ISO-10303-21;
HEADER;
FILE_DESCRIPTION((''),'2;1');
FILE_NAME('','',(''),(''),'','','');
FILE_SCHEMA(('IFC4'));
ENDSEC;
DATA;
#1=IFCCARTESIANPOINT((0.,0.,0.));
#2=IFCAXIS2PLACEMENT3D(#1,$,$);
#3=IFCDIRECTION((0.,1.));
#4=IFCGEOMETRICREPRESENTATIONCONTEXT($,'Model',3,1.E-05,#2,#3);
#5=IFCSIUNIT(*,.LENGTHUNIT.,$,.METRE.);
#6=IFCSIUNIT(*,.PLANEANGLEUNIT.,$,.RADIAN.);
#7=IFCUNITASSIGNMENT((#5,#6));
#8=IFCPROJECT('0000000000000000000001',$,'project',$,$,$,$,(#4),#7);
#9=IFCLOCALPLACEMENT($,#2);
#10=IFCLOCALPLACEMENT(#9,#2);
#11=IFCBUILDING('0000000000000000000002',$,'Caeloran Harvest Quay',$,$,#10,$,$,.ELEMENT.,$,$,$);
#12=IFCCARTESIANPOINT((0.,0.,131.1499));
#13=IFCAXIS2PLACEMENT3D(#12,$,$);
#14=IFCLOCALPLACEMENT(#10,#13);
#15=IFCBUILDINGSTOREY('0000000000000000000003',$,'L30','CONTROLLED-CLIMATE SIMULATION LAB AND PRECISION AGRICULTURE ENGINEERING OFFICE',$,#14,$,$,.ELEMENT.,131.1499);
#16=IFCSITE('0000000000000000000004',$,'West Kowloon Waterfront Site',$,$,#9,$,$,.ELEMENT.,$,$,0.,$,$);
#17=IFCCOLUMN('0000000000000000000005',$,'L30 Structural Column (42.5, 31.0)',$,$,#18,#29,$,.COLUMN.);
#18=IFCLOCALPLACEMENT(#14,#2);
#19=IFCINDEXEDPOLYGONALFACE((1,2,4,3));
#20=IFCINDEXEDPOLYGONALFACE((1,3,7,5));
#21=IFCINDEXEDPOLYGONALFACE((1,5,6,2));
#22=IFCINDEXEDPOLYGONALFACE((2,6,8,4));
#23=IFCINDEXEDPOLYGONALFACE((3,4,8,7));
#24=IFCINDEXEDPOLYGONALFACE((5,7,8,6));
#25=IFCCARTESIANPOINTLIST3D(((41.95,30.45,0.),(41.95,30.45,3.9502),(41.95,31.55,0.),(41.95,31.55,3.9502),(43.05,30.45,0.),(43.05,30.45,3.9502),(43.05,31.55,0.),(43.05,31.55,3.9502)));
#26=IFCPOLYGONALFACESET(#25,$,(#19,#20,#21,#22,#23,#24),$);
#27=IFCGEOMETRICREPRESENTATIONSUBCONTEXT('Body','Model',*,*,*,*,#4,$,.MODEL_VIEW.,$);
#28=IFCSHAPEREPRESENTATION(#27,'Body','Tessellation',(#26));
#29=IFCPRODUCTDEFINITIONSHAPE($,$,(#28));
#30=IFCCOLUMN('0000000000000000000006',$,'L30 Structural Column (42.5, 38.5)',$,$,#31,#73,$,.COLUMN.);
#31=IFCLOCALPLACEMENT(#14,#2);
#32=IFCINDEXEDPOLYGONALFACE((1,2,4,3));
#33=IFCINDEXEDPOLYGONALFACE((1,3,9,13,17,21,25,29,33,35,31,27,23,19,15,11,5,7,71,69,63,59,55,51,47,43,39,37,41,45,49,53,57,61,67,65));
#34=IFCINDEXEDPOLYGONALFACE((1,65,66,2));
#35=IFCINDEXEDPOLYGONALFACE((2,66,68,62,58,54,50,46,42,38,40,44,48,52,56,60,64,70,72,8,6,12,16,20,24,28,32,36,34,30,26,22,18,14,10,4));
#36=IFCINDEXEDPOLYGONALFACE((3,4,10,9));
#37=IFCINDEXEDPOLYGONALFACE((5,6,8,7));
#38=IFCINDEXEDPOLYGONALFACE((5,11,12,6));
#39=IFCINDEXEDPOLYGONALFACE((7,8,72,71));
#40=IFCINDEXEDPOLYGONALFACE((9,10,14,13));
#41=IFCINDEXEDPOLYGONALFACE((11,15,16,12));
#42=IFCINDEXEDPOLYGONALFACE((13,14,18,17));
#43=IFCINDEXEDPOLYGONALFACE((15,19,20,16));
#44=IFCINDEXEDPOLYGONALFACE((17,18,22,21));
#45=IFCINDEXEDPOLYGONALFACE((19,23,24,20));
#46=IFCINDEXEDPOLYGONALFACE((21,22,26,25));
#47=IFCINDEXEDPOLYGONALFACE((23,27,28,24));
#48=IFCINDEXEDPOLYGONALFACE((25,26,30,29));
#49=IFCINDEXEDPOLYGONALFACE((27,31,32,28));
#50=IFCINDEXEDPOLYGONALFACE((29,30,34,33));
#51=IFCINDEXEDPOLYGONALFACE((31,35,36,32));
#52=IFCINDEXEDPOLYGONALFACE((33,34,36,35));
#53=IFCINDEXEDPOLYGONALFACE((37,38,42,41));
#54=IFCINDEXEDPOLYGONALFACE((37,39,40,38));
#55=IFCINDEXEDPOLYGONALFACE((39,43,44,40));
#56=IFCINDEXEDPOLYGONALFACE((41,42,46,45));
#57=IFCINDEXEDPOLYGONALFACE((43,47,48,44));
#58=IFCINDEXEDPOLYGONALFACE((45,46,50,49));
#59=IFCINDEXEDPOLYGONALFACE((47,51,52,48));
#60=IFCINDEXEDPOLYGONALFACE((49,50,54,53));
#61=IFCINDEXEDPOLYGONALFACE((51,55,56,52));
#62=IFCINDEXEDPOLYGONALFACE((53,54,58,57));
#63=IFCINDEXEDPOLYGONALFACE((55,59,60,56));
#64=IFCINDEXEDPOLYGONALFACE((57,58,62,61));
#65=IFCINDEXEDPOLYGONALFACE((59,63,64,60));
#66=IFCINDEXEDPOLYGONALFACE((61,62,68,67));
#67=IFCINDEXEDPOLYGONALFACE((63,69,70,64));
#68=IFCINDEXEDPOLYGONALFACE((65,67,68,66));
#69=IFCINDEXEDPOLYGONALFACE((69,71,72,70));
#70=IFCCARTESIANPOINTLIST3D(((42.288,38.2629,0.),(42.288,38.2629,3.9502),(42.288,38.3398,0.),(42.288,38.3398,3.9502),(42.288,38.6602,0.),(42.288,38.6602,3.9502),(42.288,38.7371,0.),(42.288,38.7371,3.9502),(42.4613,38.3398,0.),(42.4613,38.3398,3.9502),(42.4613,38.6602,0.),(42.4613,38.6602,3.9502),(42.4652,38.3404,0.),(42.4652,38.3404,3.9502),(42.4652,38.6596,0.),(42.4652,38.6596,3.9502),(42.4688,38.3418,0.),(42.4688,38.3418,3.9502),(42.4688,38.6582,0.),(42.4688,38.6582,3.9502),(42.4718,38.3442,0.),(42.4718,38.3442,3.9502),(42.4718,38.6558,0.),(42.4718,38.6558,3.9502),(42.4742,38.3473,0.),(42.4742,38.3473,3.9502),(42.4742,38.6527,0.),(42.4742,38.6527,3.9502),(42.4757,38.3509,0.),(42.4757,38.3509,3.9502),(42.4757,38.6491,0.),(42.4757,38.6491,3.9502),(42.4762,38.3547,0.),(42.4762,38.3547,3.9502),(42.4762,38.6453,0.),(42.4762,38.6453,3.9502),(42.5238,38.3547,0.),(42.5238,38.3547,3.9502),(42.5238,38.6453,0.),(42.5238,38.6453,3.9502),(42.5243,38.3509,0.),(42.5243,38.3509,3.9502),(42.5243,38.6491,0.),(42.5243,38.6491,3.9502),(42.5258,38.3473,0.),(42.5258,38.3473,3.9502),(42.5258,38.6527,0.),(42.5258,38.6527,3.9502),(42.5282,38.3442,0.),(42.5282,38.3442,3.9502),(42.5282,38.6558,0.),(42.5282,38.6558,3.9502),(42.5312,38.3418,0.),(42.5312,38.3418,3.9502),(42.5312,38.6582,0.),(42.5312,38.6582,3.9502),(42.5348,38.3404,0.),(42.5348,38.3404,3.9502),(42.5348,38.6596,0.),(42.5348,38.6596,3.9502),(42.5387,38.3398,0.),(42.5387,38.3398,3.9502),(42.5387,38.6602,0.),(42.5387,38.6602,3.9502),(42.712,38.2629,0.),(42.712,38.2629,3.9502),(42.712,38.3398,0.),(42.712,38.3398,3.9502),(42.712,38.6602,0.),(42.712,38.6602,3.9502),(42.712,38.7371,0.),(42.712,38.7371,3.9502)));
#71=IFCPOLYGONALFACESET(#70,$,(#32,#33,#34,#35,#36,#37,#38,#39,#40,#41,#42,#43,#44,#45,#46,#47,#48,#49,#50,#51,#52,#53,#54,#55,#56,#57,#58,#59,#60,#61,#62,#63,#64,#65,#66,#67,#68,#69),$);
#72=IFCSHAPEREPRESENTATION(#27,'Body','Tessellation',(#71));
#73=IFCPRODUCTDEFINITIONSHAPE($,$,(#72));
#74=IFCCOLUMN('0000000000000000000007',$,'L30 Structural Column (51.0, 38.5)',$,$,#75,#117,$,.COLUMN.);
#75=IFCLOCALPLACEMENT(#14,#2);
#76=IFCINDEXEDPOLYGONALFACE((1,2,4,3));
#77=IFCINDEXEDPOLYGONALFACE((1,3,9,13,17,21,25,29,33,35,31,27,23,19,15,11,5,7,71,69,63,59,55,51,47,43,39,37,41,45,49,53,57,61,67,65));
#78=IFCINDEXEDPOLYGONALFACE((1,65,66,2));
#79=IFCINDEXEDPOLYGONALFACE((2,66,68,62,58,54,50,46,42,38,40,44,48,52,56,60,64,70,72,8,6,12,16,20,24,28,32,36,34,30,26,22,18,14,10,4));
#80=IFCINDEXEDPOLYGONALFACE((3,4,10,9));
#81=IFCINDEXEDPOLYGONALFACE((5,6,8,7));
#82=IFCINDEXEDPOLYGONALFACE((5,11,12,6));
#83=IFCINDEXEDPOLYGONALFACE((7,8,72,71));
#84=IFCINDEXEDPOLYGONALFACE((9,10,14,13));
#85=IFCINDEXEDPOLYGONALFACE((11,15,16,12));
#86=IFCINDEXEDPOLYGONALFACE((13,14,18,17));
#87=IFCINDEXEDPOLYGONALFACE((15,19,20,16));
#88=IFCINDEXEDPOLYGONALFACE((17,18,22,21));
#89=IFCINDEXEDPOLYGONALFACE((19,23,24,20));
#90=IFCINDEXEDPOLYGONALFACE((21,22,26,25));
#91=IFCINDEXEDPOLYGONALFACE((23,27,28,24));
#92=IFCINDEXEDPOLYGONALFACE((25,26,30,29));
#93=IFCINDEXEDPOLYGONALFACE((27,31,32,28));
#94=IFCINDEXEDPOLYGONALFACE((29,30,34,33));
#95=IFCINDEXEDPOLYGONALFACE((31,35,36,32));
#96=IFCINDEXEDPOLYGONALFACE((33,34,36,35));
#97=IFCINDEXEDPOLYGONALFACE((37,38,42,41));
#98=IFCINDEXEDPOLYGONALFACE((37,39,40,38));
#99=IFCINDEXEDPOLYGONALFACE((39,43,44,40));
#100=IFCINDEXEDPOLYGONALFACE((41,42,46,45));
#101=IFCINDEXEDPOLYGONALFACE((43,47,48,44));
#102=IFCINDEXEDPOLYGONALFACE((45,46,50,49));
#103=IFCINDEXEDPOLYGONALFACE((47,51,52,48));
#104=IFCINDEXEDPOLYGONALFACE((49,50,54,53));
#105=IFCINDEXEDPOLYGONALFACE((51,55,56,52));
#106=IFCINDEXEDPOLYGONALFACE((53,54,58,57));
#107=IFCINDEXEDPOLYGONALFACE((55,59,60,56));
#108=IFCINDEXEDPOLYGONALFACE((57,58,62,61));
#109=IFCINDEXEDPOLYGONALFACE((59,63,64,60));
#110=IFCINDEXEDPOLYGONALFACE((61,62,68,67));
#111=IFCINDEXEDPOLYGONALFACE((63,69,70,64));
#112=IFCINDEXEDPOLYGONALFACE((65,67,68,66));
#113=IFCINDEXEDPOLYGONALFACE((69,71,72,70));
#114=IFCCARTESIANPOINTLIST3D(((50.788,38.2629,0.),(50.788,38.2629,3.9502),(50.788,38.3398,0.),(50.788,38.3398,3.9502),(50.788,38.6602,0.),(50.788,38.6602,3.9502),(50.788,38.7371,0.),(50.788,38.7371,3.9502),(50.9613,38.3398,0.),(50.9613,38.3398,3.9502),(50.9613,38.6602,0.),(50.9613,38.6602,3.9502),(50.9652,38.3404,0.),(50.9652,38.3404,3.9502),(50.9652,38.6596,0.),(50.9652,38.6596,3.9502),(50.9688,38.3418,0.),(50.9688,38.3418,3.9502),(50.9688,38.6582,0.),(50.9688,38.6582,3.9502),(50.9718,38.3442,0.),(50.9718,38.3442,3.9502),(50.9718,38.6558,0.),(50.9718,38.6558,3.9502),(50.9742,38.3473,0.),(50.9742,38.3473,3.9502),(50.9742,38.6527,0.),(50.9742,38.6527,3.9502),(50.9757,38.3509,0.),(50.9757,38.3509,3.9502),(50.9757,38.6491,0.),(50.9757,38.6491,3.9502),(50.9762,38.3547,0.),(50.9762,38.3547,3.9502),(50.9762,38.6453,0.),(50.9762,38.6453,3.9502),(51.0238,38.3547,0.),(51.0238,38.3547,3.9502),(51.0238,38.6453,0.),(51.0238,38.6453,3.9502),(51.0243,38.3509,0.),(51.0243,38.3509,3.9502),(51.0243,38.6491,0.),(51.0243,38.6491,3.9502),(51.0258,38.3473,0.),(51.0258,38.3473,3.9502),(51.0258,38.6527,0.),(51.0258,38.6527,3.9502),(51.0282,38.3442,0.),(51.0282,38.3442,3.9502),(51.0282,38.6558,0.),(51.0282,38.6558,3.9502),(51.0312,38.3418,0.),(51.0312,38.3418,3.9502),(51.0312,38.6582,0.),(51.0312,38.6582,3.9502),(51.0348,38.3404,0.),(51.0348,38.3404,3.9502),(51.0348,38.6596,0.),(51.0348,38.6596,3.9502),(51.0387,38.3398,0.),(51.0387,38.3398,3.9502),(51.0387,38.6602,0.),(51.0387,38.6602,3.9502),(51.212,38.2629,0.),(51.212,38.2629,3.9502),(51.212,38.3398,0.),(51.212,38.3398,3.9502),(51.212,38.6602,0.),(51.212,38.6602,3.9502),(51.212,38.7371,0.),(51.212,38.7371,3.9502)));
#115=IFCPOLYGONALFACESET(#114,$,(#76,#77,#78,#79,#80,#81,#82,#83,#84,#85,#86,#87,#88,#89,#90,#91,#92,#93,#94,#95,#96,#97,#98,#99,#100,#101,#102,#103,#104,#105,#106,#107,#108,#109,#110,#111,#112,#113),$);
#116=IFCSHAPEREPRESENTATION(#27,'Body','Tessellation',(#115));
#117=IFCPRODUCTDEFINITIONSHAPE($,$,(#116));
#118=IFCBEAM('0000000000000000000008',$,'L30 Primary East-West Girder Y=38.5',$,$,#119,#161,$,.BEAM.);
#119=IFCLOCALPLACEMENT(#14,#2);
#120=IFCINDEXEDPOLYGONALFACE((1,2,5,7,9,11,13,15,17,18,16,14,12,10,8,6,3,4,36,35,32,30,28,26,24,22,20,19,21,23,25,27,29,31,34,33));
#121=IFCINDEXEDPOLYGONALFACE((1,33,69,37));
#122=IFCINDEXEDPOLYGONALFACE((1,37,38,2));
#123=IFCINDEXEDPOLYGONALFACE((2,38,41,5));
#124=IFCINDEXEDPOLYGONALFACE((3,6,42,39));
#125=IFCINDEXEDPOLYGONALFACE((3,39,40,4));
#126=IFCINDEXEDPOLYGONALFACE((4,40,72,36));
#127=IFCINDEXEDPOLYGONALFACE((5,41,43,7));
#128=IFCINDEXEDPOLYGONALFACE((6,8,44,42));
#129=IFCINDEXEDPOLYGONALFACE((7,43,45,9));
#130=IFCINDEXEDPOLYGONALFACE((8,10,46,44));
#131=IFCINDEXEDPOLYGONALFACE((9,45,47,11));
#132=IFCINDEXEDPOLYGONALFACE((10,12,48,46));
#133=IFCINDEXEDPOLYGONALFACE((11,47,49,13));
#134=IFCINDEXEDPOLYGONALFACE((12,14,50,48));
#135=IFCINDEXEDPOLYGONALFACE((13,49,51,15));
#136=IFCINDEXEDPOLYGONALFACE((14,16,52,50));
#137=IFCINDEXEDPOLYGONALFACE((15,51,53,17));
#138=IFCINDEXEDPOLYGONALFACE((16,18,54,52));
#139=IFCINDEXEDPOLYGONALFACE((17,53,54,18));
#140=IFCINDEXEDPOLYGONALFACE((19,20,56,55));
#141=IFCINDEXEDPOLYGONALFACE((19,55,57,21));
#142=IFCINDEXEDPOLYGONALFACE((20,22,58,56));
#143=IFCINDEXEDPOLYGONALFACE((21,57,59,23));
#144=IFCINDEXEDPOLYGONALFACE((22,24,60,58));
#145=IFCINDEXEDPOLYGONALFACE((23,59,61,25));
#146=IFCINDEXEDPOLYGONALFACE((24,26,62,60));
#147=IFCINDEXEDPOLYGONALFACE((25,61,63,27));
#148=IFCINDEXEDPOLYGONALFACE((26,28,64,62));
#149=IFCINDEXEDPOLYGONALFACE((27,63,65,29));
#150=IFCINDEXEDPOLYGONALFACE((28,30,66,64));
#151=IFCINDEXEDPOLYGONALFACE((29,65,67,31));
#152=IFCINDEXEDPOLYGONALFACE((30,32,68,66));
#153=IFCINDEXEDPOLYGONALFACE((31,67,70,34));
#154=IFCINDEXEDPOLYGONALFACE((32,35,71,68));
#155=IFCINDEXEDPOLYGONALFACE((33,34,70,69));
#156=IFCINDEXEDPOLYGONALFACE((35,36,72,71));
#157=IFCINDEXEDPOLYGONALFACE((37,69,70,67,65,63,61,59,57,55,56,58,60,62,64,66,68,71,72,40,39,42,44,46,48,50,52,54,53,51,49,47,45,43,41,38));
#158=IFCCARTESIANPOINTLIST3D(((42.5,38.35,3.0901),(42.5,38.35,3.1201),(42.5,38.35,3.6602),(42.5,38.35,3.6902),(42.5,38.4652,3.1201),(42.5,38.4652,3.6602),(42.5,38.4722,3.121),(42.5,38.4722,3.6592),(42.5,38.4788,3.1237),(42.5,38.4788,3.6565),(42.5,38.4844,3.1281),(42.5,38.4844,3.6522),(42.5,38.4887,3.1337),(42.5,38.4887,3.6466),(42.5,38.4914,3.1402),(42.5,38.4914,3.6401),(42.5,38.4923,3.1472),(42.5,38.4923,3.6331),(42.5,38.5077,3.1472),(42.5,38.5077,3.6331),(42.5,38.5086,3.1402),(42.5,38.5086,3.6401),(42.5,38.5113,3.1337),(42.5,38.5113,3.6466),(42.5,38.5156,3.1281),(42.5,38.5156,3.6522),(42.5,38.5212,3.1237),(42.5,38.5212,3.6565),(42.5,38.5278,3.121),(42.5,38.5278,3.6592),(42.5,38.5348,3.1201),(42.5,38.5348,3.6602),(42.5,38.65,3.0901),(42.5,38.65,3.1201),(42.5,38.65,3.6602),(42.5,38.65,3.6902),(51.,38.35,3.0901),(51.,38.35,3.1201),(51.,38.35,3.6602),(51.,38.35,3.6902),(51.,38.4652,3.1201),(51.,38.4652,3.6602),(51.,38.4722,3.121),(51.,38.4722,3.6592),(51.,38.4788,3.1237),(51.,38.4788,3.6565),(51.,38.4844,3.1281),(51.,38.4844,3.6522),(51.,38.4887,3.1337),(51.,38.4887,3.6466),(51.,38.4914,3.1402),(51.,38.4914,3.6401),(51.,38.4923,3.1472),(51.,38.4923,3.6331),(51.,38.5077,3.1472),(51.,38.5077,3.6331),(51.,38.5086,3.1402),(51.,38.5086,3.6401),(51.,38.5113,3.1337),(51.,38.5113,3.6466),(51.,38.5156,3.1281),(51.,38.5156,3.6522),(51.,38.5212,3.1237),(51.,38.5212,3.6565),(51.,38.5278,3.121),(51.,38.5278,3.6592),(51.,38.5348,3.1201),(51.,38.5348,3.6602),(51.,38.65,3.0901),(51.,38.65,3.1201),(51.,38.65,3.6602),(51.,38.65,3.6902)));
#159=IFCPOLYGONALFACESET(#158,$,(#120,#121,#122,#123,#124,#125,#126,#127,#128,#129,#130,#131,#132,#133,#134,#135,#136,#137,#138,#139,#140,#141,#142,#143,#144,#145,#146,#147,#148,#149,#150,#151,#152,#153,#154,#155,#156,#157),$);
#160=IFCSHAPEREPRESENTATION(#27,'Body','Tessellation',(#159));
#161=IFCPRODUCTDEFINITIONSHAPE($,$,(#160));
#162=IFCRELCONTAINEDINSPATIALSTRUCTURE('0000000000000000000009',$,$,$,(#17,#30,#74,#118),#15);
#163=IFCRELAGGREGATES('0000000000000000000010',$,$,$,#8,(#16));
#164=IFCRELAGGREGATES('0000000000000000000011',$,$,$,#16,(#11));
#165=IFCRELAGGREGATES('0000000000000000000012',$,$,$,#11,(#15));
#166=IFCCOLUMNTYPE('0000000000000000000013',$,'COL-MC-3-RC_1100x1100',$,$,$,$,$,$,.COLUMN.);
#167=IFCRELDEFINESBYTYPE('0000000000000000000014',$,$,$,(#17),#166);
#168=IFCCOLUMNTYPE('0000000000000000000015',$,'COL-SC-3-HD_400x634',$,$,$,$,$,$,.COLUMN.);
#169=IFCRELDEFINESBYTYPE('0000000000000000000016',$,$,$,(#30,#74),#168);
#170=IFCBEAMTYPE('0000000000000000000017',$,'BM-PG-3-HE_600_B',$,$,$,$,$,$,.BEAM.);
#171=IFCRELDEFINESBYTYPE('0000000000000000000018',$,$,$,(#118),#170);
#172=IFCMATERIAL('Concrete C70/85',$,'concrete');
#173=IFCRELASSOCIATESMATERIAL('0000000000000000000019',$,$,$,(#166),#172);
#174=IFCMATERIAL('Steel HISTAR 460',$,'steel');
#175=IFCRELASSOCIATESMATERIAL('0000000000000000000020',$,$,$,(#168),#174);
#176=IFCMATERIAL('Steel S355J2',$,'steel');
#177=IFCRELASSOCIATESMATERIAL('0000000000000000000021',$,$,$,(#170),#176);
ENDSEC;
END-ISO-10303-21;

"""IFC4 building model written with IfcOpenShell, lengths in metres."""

from ifc_helpers import new_model, si_unit, direction, frame, origin, origin_2d, place, context, subcontext, project, spatial, rectangle, i_section, extrude, material, material_profile, profile_set, type_object, element, save


model = new_model("IFC4")

# Units and contexts
model_context = context("Model", 3, precision=1e-05, world=origin(), true_north=direction((0.0, 1.0)))
body_context = subcontext(model_context, "Body", "Model", "MODEL_VIEW")
ifc_project = project(units=[si_unit("LENGTHUNIT", "METRE"), si_unit("PLANEANGLEUNIT", "RADIAN")], contexts=[model_context])

# Site, building, storey
site_placement = place(None, origin())
site = spatial("IfcSite", under=ifc_project, at=site_placement, Name="West Kowloon Waterfront Site", CompositionType="ELEMENT", RefElevation=0.0)
building_placement = place(site_placement, origin())
building = spatial("IfcBuilding", under=site, at=building_placement, Name="Caeloran Harvest Quay", CompositionType="ELEMENT")
storey_placement = place(building_placement, frame((0.0, 0.0, 131.1499)))
storey = spatial("IfcBuildingStorey", under=building, at=storey_placement, Name="L30", Description="CONTROLLED-CLIMATE SIMULATION LAB AND PRECISION AGRICULTURE ENGINEERING OFFICE", CompositionType="ELEMENT", Elevation=131.1499)

# Columns
ifc_material_1 = material(Name="Concrete C70/85", Category="concrete")
ifc_material_profile_1 = material_profile(ifc_material_1, rectangle(XDim=1.1001, YDim=1.1001, at=origin_2d()), Name="RC 1100x1100")
ifc_profile_set_1 = profile_set([ifc_material_profile_1], Name="Concrete C70/85")
column_type_1 = type_object("IfcColumnType", Name="COL-MC-3-RC_1100x1100", PredefinedType="COLUMN", material=ifc_profile_set_1)
column_placement = place(storey_placement, frame((42.5, 31.0, 0.0), z_axis=(0.0, 0.0, 1.0), x_axis=(1.0, 0.0, 0.0)))
element("IfcColumn", 1, at=column_placement, inside=storey, type_object=column_type_1, Name="L30 Structural Column (42.5, 31.0)", PredefinedType="COLUMN", context=body_context, shape_type="SweptSolid", body=[
    extrude(rectangle(XDim=1.1001, YDim=1.1001, at=origin_2d()), origin(), (0.0, 0.0, 1.0), 3.9502),
])
ifc_material_2 = material(Name="Steel HISTAR 460", Category="steel")
ifc_material_profile_2 = material_profile(ifc_material_2, i_section(OverallWidth=0.4241, OverallDepth=0.4741, WebThickness=0.0476, FlangeThickness=0.0769, FilletRadius=0.0149, at=origin_2d()), Name="HD 400x634")
ifc_profile_set_2 = profile_set([ifc_material_profile_2], Name="Steel HISTAR 460")
column_type_2 = type_object("IfcColumnType", Name="COL-SC-3-HD_400x634", PredefinedType="COLUMN", material=ifc_profile_set_2)
for number, where, z_axis, x_axis, name in (
    (2, (42.5, 38.5, 0.0), (0.0, 0.0, 1.0), (1.0, 0.0, 0.0), "L30 Structural Column (42.5, 38.5)"),
    (3, (51.0, 38.5, 0.0), (0.0, 0.0, 1.0), (1.0, 0.0, 0.0), "L30 Structural Column (51.0, 38.5)"),
):
    element("IfcColumn", number, at=place(storey_placement, frame(where, z_axis=z_axis, x_axis=x_axis)), inside=storey, type_object=column_type_2, Name=name, PredefinedType="COLUMN", context=body_context, shape_type="SweptSolid", body=[
        extrude(i_section(OverallWidth=0.4241, OverallDepth=0.4741, WebThickness=0.0476, FlangeThickness=0.0769, FilletRadius=0.0149, at=origin_2d()), origin(), (0.0, 0.0, 1.0), 3.9502),
    ])

# Beam
ifc_material_3 = material(Name="Steel S355J2", Category="steel")
ifc_material_profile_3 = material_profile(ifc_material_3, i_section(OverallWidth=0.3, OverallDepth=0.6001, WebThickness=0.0154, FlangeThickness=0.03, FilletRadius=0.0271, at=origin_2d()), Name="HE 600 B")
ifc_profile_set_3 = profile_set([ifc_material_profile_3], Name="Steel S355J2")
beam_type = type_object("IfcBeamType", Name="BM-PG-3-HE_600_B", PredefinedType="BEAM", material=ifc_profile_set_3)
beam_1_placement = place(storey_placement, frame((42.5, 38.5, 3.3901), z_axis=(1.0, 0.0, 0.0), x_axis=(0.0, 1.0, 0.0)))
element("IfcBeam", 4, at=beam_1_placement, inside=storey, type_object=beam_type, Name="L30 Primary East-West Girder Y=38.5", PredefinedType="BEAM", context=body_context, shape_type="SweptSolid", body=[
    extrude(i_section(OverallWidth=0.3, OverallDepth=0.6001, WebThickness=0.0154, FlangeThickness=0.03, FilletRadius=0.0271, at=origin_2d()), origin(), (0.0, 0.0, 1.0), 8.5),
])

save(model, "model.ifc")
